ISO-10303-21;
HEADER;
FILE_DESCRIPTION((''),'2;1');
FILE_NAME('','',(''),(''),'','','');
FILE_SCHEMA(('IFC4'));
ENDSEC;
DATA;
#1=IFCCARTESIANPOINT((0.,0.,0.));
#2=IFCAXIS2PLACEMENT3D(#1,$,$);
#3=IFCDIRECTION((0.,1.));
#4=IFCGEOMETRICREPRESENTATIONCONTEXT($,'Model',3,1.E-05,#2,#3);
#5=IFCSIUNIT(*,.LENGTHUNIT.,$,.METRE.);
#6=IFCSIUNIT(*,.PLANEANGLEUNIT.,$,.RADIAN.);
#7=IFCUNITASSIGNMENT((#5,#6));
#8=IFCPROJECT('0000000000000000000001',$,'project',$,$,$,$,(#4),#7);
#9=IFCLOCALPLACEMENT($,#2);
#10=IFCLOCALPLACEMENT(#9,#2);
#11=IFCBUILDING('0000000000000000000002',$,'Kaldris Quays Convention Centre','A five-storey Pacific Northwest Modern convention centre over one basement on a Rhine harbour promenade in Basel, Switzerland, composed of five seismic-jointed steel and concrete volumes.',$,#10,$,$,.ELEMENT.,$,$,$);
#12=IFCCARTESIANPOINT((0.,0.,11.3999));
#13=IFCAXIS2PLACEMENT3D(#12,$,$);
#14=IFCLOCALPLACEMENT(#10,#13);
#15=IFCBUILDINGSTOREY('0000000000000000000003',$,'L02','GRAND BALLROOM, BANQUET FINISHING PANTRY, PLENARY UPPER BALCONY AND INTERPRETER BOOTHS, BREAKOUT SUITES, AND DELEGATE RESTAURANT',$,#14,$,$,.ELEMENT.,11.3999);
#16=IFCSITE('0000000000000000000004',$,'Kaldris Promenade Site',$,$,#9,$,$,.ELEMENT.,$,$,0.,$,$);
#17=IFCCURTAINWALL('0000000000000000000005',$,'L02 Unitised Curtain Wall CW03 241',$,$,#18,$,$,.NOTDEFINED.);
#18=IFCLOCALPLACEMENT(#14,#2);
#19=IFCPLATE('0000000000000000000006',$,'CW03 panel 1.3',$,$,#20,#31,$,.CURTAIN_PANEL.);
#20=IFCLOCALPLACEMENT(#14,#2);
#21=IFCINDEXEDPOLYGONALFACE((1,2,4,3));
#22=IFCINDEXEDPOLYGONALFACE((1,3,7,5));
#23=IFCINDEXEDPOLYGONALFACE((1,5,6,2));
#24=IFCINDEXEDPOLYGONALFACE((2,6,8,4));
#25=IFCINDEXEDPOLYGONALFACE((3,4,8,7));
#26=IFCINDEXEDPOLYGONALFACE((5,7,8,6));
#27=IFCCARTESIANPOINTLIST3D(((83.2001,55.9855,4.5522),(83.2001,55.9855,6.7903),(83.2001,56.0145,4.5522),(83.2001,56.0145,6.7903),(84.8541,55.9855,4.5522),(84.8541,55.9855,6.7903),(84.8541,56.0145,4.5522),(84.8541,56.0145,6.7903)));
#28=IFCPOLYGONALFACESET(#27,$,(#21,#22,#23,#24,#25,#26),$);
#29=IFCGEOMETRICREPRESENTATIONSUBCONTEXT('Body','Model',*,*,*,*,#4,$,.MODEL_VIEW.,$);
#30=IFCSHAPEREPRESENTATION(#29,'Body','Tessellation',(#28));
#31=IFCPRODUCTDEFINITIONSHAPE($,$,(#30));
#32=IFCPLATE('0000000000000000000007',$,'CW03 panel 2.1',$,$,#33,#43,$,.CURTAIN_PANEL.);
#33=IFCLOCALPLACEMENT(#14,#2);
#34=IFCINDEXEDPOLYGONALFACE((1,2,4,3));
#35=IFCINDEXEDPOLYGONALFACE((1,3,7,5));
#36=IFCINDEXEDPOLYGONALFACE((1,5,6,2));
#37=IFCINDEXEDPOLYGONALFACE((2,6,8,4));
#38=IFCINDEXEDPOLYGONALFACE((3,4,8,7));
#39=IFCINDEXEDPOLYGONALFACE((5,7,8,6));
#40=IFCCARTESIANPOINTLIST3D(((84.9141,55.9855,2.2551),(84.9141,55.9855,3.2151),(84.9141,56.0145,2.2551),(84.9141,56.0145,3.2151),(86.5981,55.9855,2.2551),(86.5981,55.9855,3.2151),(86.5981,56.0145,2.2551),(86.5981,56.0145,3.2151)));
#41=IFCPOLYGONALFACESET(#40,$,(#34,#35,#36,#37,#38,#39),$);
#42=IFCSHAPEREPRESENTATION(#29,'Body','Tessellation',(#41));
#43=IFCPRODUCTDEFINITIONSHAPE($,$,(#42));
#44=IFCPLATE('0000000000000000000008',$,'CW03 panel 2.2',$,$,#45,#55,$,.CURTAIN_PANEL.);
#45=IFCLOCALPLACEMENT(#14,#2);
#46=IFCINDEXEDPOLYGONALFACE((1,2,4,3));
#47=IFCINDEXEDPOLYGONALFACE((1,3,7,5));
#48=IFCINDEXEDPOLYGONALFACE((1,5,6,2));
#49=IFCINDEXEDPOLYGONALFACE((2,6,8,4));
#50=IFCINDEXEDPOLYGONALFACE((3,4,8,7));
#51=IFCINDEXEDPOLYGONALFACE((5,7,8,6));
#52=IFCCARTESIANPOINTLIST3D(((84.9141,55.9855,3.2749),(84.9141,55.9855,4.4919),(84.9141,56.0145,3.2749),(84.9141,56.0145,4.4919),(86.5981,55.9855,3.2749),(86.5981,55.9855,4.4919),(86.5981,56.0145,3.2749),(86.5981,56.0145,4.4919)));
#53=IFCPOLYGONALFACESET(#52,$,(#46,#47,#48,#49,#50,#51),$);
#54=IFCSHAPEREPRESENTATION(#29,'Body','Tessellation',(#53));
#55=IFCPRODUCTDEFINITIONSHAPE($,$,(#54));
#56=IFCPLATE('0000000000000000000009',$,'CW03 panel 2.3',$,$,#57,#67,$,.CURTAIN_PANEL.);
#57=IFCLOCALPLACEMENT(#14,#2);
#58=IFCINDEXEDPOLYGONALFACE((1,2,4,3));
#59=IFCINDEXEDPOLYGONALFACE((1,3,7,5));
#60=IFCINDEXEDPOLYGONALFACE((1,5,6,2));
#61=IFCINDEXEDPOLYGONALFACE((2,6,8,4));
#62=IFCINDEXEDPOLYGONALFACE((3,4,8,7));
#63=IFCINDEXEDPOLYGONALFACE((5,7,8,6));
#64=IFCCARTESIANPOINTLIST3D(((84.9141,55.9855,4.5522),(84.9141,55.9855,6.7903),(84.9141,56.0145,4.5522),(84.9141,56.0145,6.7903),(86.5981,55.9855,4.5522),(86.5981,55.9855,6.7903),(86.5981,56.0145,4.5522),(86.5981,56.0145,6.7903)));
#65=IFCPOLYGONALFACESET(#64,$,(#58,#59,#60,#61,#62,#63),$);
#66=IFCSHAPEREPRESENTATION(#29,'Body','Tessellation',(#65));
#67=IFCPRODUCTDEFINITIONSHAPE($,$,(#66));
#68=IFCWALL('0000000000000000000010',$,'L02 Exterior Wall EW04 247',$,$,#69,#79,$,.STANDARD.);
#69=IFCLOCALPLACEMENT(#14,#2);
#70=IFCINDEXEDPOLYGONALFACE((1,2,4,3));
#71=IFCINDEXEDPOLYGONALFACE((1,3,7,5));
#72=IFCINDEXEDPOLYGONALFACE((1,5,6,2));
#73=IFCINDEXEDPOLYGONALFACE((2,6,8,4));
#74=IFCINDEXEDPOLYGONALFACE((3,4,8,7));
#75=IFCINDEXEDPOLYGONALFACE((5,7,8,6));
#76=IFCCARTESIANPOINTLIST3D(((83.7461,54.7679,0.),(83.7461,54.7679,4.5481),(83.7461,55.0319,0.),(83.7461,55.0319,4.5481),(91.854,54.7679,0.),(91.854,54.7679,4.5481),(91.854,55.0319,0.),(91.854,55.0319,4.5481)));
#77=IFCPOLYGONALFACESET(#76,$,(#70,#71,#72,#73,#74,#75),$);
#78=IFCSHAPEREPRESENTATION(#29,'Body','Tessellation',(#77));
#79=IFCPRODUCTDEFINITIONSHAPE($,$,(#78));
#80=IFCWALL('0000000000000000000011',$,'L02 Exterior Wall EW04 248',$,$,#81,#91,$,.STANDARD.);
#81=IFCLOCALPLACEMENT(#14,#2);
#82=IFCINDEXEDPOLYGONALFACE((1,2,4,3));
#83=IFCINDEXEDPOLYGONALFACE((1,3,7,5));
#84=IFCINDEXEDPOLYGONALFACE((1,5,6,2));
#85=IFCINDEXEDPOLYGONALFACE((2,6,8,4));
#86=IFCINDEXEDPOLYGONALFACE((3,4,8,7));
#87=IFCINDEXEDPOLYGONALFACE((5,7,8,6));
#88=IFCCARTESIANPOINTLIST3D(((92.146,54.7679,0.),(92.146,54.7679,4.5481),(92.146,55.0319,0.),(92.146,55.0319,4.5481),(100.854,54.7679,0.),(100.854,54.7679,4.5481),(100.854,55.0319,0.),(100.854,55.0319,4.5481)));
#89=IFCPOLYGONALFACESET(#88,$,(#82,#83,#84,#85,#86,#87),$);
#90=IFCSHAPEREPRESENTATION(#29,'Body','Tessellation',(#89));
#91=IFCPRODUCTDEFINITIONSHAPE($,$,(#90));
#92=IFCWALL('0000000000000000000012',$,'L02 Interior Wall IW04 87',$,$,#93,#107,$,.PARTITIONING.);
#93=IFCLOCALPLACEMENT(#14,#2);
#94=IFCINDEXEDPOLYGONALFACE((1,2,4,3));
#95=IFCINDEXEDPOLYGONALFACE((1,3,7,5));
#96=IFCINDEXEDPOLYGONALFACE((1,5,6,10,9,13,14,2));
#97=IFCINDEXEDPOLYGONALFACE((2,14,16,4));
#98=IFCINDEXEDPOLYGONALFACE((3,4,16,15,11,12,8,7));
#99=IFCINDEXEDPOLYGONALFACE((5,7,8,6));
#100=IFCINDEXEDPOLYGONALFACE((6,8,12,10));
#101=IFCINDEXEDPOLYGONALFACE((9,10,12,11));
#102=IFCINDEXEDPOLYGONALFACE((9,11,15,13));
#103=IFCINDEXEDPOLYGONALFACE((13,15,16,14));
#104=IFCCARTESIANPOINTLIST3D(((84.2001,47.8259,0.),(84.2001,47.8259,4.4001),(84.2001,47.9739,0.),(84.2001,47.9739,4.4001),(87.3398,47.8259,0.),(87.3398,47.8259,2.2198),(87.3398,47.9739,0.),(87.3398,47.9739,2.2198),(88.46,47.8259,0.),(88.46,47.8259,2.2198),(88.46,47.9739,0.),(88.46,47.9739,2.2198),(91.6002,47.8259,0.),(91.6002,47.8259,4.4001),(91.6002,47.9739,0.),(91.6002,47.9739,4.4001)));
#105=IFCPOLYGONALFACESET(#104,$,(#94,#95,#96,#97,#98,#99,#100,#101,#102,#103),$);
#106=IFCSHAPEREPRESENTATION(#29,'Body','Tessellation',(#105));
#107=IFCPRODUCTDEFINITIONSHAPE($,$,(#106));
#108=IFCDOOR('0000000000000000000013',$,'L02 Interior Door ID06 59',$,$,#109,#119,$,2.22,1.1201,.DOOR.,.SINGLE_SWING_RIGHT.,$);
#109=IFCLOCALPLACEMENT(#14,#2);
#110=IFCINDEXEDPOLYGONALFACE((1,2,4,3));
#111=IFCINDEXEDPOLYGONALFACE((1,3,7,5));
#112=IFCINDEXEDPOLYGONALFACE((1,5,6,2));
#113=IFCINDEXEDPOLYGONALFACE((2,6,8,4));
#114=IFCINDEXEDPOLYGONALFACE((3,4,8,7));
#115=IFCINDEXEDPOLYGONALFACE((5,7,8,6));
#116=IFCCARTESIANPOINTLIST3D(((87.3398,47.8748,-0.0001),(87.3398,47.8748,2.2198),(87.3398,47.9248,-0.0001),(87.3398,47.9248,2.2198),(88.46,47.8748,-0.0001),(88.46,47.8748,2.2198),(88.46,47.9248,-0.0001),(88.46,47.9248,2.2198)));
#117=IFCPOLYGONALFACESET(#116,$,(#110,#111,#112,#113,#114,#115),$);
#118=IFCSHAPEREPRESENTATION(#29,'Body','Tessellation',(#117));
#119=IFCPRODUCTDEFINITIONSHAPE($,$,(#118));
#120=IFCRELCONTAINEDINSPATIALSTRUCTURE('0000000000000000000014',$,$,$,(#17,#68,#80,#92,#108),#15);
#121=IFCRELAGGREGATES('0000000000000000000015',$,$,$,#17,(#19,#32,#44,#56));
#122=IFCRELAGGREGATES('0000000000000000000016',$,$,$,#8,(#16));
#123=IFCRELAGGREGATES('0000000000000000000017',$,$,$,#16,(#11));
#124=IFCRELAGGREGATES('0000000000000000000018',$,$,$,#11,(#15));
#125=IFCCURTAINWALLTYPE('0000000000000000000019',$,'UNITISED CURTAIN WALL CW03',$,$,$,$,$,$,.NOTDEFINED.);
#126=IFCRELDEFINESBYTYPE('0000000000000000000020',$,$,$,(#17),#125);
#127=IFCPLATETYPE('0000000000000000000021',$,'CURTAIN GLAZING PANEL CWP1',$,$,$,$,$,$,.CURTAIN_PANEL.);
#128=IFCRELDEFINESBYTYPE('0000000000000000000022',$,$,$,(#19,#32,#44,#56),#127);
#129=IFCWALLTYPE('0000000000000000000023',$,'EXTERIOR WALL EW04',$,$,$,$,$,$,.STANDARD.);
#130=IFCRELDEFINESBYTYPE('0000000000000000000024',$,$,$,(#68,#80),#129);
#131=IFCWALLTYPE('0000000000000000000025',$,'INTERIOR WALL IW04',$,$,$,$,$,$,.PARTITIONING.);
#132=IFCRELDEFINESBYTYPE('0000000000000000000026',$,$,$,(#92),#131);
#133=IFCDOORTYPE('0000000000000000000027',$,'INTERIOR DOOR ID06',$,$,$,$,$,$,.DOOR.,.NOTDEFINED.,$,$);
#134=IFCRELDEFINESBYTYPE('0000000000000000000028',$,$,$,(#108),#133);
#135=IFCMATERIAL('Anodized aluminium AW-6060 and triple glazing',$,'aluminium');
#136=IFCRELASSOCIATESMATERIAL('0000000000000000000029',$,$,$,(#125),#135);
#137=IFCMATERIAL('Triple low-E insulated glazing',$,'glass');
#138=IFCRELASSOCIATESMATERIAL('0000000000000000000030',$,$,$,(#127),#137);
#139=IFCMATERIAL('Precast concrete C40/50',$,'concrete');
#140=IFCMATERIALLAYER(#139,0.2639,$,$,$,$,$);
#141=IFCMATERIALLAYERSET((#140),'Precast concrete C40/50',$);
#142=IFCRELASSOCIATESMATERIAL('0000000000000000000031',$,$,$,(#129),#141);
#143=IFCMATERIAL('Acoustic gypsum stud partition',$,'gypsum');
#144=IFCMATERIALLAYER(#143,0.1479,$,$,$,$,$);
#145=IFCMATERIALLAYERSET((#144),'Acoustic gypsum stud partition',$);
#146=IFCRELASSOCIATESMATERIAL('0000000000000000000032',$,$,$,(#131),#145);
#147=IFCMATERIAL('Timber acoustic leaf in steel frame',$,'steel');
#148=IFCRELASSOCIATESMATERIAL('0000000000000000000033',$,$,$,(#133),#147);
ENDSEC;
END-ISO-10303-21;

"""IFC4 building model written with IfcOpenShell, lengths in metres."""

from ifc_helpers import new_model, si_unit, direction, frame, frame_2d, origin, origin_2d, place, context, subcontext, project, spatial, rectangle, extrude, material, layer, layer_set, type_object, element, fill, aggregate, save


model = new_model("IFC4")

# Units and contexts
model_context = context("Model", 3, precision=1e-05, world=origin(), true_north=direction((0.0, 1.0)))
body_context = subcontext(model_context, "Body", "Model", "MODEL_VIEW")
ifc_project = project(units=[si_unit("LENGTHUNIT", "METRE"), si_unit("PLANEANGLEUNIT", "RADIAN")], contexts=[model_context])

# Site, building, storey
site_placement = place(None, origin())
site = spatial("IfcSite", under=ifc_project, at=site_placement, Name="Kaldris Promenade Site", CompositionType="ELEMENT", RefElevation=0.0)
building_placement = place(site_placement, origin())
building = spatial("IfcBuilding", under=site, at=building_placement, Name="Kaldris Quays Convention Centre", Description="A five-storey Pacific Northwest Modern convention centre over one basement on a Rhine harbour promenade in Basel, Switzerland, composed of five seismic-jointed steel and concrete volumes.", CompositionType="ELEMENT")
storey_placement = place(building_placement, frame((0.0, 0.0, 11.3999)))
storey = spatial("IfcBuildingStorey", under=building, at=storey_placement, Name="L02", Description="GRAND BALLROOM, BANQUET FINISHING PANTRY, PLENARY UPPER BALCONY AND INTERPRETER BOOTHS, BREAKOUT SUITES, AND DELEGATE RESTAURANT", CompositionType="ELEMENT", Elevation=11.3999)

# Curtain wall
ifc_material_1 = material(Name="Anodized aluminium AW-6060 and triple glazing", Category="aluminium")
curtain_wall_type = type_object("IfcCurtainWallType", Name="UNITISED CURTAIN WALL CW03", PredefinedType="NOTDEFINED", material=ifc_material_1)
curtain_wall_placement = place(storey_placement, origin())
curtain_wall = element("IfcCurtainWall", 1, at=curtain_wall_placement, inside=storey, type_object=curtain_wall_type, Name="L02 Unitised Curtain Wall CW03 241", PredefinedType="NOTDEFINED")

# Plates
ifc_material_2 = material(Name="Triple low-E insulated glazing", Category="glass")
plate_type = type_object("IfcPlateType", Name="CURTAIN GLAZING PANEL CWP1", PredefinedType="CURTAIN_PANEL", material=ifc_material_2)
plate_1_placement = place(storey_placement, frame((84.0271, 56.0, 4.5522), z_axis=(0.0, 0.0, 1.0), x_axis=(1.0, 0.0, 0.0)))
plate_1 = element("IfcPlate", 2, at=plate_1_placement, type_object=plate_type, Name="CW03 panel 1.3", PredefinedType="CURTAIN_PANEL", context=body_context, shape_type="SweptSolid", body=[
    extrude(rectangle(XDim=1.6541, YDim=0.0291, at=origin_2d()), origin(), (0.0, 0.0, 1.0), 2.238),
])
plate_2_placement = place(storey_placement, frame((85.7561, 56.0, 2.2551), z_axis=(0.0, 0.0, 1.0), x_axis=(1.0, 0.0, 0.0)))
plate_2 = element("IfcPlate", 3, at=plate_2_placement, type_object=plate_type, Name="CW03 panel 2.1", PredefinedType="CURTAIN_PANEL", context=body_context, shape_type="SweptSolid", body=[
    extrude(rectangle(XDim=1.6841, YDim=0.0291, at=origin_2d()), origin(), (0.0, 0.0, 1.0), 0.96),
])
plate_3_placement = place(storey_placement, frame((85.7561, 56.0, 3.2749), z_axis=(0.0, 0.0, 1.0), x_axis=(1.0, 0.0, 0.0)))
plate_3 = element("IfcPlate", 4, at=plate_3_placement, type_object=plate_type, Name="CW03 panel 2.2", PredefinedType="CURTAIN_PANEL", context=body_context, shape_type="SweptSolid", body=[
    extrude(rectangle(XDim=1.6841, YDim=0.0291, at=origin_2d()), origin(), (0.0, 0.0, 1.0), 1.217),
])
plate_4_placement = place(storey_placement, frame((85.7561, 56.0, 4.5522), z_axis=(0.0, 0.0, 1.0), x_axis=(1.0, 0.0, 0.0)))
plate_4 = element("IfcPlate", 5, at=plate_4_placement, type_object=plate_type, Name="CW03 panel 2.3", PredefinedType="CURTAIN_PANEL", context=body_context, shape_type="SweptSolid", body=[
    extrude(rectangle(XDim=1.6841, YDim=0.0291, at=origin_2d()), origin(), (0.0, 0.0, 1.0), 2.238),
])
aggregate(curtain_wall, [plate_1, plate_2, plate_3, plate_4])

# Walls
ifc_material_3 = material(Name="Precast concrete C40/50", Category="concrete")
ifc_layer_1 = layer(ifc_material_3, 0.2639)
ifc_layer_set_1 = layer_set([ifc_layer_1], Name="Precast concrete C40/50")
wall_type_1 = type_object("IfcWallType", Name="EXTERIOR WALL EW04", PredefinedType="STANDARD", material=ifc_layer_set_1)
wall_1_placement = place(storey_placement, frame((83.7461, 54.8999, 0.0), z_axis=(0.0, 0.0, 1.0), x_axis=(1.0, 0.0, 0.0)))
element("IfcWall", 6, at=wall_1_placement, inside=storey, type_object=wall_type_1, Name="L02 Exterior Wall EW04 247", PredefinedType="STANDARD", context=body_context, shape_type="SweptSolid", body=[
    extrude(rectangle(XDim=8.1079, YDim=0.2639, at=frame_2d((4.054, 0.0))), origin(), (0.0, 0.0, 1.0), 4.5481),
])
wall_2_placement = place(storey_placement, frame((92.146, 54.8999, 0.0), z_axis=(0.0, 0.0, 1.0), x_axis=(1.0, 0.0, 0.0)))
element("IfcWall", 7, at=wall_2_placement, inside=storey, type_object=wall_type_1, Name="L02 Exterior Wall EW04 248", PredefinedType="STANDARD", context=body_context, shape_type="SweptSolid", body=[
    extrude(rectangle(XDim=8.708, YDim=0.2639, at=frame_2d((4.354, 0.0))), origin(), (0.0, 0.0, 1.0), 4.5481),
])

# Wall, opening, door
ifc_material_4 = material(Name="Acoustic gypsum stud partition", Category="gypsum")
ifc_layer_2 = layer(ifc_material_4, 0.1479)
ifc_layer_set_2 = layer_set([ifc_layer_2], Name="Acoustic gypsum stud partition")
wall_type_2 = type_object("IfcWallType", Name="INTERIOR WALL IW04", PredefinedType="PARTITIONING", material=ifc_layer_set_2)
wall_3_placement = place(storey_placement, frame((84.2, 47.8999, 0.0), z_axis=(0.0, 0.0, 1.0), x_axis=(1.0, 0.0, 0.0)))
wall_3 = element("IfcWall", 8, at=wall_3_placement, inside=storey, type_object=wall_type_2, Name="L02 Interior Wall IW04 87", PredefinedType="PARTITIONING", context=body_context, shape_type="SweptSolid", body=[
    extrude(rectangle(XDim=7.4001, YDim=0.1479, at=frame_2d((3.7002, 0.0))), origin(), (0.0, 0.0, 1.0), 4.4001),
])
opening_placement = place(wall_3_placement, frame((3.1399, 0.0, 0.0)))
opening = element("IfcOpeningElement", 9, at=opening_placement, cuts=wall_3, PredefinedType="OPENING", context=body_context, shape_type="SweptSolid", body=[
    extrude(rectangle(XDim=1.1201, YDim=2.22, at=frame_2d((0.5601, 1.1099))), frame((0.0, 0.084, 0.0), z_axis=(0.0, -1.0, 0.0), x_axis=(1.0, 0.0, 0.0)), (0.0, 0.0, 1.0), 0.168),
])
ifc_material_5 = material(Name="Timber acoustic leaf in steel frame", Category="steel")
door_type = type_object("IfcDoorType", Name="INTERIOR DOOR ID06", OperationType="NOTDEFINED", PredefinedType="DOOR", material=ifc_material_5)
door_placement = place(opening_placement, origin())
door = element("IfcDoor", 10, at=door_placement, inside=storey, type_object=door_type, Name="L02 Interior Door ID06 59", OperationType="SINGLE_SWING_RIGHT", OverallHeight=2.22, OverallWidth=1.1201, PredefinedType="DOOR", context=body_context, shape_type="SweptSolid", body=[
    extrude(rectangle(XDim=1.1201, YDim=2.22, at=frame_2d((0.5601, 1.1099))), frame((0.0, 0.0249, 0.0), z_axis=(0.0, -1.0, 0.0), x_axis=(1.0, 0.0, 0.0)), (0.0, 0.0, 1.0), 0.05),
])
fill(opening, door)

save(model, "model.ifc")
